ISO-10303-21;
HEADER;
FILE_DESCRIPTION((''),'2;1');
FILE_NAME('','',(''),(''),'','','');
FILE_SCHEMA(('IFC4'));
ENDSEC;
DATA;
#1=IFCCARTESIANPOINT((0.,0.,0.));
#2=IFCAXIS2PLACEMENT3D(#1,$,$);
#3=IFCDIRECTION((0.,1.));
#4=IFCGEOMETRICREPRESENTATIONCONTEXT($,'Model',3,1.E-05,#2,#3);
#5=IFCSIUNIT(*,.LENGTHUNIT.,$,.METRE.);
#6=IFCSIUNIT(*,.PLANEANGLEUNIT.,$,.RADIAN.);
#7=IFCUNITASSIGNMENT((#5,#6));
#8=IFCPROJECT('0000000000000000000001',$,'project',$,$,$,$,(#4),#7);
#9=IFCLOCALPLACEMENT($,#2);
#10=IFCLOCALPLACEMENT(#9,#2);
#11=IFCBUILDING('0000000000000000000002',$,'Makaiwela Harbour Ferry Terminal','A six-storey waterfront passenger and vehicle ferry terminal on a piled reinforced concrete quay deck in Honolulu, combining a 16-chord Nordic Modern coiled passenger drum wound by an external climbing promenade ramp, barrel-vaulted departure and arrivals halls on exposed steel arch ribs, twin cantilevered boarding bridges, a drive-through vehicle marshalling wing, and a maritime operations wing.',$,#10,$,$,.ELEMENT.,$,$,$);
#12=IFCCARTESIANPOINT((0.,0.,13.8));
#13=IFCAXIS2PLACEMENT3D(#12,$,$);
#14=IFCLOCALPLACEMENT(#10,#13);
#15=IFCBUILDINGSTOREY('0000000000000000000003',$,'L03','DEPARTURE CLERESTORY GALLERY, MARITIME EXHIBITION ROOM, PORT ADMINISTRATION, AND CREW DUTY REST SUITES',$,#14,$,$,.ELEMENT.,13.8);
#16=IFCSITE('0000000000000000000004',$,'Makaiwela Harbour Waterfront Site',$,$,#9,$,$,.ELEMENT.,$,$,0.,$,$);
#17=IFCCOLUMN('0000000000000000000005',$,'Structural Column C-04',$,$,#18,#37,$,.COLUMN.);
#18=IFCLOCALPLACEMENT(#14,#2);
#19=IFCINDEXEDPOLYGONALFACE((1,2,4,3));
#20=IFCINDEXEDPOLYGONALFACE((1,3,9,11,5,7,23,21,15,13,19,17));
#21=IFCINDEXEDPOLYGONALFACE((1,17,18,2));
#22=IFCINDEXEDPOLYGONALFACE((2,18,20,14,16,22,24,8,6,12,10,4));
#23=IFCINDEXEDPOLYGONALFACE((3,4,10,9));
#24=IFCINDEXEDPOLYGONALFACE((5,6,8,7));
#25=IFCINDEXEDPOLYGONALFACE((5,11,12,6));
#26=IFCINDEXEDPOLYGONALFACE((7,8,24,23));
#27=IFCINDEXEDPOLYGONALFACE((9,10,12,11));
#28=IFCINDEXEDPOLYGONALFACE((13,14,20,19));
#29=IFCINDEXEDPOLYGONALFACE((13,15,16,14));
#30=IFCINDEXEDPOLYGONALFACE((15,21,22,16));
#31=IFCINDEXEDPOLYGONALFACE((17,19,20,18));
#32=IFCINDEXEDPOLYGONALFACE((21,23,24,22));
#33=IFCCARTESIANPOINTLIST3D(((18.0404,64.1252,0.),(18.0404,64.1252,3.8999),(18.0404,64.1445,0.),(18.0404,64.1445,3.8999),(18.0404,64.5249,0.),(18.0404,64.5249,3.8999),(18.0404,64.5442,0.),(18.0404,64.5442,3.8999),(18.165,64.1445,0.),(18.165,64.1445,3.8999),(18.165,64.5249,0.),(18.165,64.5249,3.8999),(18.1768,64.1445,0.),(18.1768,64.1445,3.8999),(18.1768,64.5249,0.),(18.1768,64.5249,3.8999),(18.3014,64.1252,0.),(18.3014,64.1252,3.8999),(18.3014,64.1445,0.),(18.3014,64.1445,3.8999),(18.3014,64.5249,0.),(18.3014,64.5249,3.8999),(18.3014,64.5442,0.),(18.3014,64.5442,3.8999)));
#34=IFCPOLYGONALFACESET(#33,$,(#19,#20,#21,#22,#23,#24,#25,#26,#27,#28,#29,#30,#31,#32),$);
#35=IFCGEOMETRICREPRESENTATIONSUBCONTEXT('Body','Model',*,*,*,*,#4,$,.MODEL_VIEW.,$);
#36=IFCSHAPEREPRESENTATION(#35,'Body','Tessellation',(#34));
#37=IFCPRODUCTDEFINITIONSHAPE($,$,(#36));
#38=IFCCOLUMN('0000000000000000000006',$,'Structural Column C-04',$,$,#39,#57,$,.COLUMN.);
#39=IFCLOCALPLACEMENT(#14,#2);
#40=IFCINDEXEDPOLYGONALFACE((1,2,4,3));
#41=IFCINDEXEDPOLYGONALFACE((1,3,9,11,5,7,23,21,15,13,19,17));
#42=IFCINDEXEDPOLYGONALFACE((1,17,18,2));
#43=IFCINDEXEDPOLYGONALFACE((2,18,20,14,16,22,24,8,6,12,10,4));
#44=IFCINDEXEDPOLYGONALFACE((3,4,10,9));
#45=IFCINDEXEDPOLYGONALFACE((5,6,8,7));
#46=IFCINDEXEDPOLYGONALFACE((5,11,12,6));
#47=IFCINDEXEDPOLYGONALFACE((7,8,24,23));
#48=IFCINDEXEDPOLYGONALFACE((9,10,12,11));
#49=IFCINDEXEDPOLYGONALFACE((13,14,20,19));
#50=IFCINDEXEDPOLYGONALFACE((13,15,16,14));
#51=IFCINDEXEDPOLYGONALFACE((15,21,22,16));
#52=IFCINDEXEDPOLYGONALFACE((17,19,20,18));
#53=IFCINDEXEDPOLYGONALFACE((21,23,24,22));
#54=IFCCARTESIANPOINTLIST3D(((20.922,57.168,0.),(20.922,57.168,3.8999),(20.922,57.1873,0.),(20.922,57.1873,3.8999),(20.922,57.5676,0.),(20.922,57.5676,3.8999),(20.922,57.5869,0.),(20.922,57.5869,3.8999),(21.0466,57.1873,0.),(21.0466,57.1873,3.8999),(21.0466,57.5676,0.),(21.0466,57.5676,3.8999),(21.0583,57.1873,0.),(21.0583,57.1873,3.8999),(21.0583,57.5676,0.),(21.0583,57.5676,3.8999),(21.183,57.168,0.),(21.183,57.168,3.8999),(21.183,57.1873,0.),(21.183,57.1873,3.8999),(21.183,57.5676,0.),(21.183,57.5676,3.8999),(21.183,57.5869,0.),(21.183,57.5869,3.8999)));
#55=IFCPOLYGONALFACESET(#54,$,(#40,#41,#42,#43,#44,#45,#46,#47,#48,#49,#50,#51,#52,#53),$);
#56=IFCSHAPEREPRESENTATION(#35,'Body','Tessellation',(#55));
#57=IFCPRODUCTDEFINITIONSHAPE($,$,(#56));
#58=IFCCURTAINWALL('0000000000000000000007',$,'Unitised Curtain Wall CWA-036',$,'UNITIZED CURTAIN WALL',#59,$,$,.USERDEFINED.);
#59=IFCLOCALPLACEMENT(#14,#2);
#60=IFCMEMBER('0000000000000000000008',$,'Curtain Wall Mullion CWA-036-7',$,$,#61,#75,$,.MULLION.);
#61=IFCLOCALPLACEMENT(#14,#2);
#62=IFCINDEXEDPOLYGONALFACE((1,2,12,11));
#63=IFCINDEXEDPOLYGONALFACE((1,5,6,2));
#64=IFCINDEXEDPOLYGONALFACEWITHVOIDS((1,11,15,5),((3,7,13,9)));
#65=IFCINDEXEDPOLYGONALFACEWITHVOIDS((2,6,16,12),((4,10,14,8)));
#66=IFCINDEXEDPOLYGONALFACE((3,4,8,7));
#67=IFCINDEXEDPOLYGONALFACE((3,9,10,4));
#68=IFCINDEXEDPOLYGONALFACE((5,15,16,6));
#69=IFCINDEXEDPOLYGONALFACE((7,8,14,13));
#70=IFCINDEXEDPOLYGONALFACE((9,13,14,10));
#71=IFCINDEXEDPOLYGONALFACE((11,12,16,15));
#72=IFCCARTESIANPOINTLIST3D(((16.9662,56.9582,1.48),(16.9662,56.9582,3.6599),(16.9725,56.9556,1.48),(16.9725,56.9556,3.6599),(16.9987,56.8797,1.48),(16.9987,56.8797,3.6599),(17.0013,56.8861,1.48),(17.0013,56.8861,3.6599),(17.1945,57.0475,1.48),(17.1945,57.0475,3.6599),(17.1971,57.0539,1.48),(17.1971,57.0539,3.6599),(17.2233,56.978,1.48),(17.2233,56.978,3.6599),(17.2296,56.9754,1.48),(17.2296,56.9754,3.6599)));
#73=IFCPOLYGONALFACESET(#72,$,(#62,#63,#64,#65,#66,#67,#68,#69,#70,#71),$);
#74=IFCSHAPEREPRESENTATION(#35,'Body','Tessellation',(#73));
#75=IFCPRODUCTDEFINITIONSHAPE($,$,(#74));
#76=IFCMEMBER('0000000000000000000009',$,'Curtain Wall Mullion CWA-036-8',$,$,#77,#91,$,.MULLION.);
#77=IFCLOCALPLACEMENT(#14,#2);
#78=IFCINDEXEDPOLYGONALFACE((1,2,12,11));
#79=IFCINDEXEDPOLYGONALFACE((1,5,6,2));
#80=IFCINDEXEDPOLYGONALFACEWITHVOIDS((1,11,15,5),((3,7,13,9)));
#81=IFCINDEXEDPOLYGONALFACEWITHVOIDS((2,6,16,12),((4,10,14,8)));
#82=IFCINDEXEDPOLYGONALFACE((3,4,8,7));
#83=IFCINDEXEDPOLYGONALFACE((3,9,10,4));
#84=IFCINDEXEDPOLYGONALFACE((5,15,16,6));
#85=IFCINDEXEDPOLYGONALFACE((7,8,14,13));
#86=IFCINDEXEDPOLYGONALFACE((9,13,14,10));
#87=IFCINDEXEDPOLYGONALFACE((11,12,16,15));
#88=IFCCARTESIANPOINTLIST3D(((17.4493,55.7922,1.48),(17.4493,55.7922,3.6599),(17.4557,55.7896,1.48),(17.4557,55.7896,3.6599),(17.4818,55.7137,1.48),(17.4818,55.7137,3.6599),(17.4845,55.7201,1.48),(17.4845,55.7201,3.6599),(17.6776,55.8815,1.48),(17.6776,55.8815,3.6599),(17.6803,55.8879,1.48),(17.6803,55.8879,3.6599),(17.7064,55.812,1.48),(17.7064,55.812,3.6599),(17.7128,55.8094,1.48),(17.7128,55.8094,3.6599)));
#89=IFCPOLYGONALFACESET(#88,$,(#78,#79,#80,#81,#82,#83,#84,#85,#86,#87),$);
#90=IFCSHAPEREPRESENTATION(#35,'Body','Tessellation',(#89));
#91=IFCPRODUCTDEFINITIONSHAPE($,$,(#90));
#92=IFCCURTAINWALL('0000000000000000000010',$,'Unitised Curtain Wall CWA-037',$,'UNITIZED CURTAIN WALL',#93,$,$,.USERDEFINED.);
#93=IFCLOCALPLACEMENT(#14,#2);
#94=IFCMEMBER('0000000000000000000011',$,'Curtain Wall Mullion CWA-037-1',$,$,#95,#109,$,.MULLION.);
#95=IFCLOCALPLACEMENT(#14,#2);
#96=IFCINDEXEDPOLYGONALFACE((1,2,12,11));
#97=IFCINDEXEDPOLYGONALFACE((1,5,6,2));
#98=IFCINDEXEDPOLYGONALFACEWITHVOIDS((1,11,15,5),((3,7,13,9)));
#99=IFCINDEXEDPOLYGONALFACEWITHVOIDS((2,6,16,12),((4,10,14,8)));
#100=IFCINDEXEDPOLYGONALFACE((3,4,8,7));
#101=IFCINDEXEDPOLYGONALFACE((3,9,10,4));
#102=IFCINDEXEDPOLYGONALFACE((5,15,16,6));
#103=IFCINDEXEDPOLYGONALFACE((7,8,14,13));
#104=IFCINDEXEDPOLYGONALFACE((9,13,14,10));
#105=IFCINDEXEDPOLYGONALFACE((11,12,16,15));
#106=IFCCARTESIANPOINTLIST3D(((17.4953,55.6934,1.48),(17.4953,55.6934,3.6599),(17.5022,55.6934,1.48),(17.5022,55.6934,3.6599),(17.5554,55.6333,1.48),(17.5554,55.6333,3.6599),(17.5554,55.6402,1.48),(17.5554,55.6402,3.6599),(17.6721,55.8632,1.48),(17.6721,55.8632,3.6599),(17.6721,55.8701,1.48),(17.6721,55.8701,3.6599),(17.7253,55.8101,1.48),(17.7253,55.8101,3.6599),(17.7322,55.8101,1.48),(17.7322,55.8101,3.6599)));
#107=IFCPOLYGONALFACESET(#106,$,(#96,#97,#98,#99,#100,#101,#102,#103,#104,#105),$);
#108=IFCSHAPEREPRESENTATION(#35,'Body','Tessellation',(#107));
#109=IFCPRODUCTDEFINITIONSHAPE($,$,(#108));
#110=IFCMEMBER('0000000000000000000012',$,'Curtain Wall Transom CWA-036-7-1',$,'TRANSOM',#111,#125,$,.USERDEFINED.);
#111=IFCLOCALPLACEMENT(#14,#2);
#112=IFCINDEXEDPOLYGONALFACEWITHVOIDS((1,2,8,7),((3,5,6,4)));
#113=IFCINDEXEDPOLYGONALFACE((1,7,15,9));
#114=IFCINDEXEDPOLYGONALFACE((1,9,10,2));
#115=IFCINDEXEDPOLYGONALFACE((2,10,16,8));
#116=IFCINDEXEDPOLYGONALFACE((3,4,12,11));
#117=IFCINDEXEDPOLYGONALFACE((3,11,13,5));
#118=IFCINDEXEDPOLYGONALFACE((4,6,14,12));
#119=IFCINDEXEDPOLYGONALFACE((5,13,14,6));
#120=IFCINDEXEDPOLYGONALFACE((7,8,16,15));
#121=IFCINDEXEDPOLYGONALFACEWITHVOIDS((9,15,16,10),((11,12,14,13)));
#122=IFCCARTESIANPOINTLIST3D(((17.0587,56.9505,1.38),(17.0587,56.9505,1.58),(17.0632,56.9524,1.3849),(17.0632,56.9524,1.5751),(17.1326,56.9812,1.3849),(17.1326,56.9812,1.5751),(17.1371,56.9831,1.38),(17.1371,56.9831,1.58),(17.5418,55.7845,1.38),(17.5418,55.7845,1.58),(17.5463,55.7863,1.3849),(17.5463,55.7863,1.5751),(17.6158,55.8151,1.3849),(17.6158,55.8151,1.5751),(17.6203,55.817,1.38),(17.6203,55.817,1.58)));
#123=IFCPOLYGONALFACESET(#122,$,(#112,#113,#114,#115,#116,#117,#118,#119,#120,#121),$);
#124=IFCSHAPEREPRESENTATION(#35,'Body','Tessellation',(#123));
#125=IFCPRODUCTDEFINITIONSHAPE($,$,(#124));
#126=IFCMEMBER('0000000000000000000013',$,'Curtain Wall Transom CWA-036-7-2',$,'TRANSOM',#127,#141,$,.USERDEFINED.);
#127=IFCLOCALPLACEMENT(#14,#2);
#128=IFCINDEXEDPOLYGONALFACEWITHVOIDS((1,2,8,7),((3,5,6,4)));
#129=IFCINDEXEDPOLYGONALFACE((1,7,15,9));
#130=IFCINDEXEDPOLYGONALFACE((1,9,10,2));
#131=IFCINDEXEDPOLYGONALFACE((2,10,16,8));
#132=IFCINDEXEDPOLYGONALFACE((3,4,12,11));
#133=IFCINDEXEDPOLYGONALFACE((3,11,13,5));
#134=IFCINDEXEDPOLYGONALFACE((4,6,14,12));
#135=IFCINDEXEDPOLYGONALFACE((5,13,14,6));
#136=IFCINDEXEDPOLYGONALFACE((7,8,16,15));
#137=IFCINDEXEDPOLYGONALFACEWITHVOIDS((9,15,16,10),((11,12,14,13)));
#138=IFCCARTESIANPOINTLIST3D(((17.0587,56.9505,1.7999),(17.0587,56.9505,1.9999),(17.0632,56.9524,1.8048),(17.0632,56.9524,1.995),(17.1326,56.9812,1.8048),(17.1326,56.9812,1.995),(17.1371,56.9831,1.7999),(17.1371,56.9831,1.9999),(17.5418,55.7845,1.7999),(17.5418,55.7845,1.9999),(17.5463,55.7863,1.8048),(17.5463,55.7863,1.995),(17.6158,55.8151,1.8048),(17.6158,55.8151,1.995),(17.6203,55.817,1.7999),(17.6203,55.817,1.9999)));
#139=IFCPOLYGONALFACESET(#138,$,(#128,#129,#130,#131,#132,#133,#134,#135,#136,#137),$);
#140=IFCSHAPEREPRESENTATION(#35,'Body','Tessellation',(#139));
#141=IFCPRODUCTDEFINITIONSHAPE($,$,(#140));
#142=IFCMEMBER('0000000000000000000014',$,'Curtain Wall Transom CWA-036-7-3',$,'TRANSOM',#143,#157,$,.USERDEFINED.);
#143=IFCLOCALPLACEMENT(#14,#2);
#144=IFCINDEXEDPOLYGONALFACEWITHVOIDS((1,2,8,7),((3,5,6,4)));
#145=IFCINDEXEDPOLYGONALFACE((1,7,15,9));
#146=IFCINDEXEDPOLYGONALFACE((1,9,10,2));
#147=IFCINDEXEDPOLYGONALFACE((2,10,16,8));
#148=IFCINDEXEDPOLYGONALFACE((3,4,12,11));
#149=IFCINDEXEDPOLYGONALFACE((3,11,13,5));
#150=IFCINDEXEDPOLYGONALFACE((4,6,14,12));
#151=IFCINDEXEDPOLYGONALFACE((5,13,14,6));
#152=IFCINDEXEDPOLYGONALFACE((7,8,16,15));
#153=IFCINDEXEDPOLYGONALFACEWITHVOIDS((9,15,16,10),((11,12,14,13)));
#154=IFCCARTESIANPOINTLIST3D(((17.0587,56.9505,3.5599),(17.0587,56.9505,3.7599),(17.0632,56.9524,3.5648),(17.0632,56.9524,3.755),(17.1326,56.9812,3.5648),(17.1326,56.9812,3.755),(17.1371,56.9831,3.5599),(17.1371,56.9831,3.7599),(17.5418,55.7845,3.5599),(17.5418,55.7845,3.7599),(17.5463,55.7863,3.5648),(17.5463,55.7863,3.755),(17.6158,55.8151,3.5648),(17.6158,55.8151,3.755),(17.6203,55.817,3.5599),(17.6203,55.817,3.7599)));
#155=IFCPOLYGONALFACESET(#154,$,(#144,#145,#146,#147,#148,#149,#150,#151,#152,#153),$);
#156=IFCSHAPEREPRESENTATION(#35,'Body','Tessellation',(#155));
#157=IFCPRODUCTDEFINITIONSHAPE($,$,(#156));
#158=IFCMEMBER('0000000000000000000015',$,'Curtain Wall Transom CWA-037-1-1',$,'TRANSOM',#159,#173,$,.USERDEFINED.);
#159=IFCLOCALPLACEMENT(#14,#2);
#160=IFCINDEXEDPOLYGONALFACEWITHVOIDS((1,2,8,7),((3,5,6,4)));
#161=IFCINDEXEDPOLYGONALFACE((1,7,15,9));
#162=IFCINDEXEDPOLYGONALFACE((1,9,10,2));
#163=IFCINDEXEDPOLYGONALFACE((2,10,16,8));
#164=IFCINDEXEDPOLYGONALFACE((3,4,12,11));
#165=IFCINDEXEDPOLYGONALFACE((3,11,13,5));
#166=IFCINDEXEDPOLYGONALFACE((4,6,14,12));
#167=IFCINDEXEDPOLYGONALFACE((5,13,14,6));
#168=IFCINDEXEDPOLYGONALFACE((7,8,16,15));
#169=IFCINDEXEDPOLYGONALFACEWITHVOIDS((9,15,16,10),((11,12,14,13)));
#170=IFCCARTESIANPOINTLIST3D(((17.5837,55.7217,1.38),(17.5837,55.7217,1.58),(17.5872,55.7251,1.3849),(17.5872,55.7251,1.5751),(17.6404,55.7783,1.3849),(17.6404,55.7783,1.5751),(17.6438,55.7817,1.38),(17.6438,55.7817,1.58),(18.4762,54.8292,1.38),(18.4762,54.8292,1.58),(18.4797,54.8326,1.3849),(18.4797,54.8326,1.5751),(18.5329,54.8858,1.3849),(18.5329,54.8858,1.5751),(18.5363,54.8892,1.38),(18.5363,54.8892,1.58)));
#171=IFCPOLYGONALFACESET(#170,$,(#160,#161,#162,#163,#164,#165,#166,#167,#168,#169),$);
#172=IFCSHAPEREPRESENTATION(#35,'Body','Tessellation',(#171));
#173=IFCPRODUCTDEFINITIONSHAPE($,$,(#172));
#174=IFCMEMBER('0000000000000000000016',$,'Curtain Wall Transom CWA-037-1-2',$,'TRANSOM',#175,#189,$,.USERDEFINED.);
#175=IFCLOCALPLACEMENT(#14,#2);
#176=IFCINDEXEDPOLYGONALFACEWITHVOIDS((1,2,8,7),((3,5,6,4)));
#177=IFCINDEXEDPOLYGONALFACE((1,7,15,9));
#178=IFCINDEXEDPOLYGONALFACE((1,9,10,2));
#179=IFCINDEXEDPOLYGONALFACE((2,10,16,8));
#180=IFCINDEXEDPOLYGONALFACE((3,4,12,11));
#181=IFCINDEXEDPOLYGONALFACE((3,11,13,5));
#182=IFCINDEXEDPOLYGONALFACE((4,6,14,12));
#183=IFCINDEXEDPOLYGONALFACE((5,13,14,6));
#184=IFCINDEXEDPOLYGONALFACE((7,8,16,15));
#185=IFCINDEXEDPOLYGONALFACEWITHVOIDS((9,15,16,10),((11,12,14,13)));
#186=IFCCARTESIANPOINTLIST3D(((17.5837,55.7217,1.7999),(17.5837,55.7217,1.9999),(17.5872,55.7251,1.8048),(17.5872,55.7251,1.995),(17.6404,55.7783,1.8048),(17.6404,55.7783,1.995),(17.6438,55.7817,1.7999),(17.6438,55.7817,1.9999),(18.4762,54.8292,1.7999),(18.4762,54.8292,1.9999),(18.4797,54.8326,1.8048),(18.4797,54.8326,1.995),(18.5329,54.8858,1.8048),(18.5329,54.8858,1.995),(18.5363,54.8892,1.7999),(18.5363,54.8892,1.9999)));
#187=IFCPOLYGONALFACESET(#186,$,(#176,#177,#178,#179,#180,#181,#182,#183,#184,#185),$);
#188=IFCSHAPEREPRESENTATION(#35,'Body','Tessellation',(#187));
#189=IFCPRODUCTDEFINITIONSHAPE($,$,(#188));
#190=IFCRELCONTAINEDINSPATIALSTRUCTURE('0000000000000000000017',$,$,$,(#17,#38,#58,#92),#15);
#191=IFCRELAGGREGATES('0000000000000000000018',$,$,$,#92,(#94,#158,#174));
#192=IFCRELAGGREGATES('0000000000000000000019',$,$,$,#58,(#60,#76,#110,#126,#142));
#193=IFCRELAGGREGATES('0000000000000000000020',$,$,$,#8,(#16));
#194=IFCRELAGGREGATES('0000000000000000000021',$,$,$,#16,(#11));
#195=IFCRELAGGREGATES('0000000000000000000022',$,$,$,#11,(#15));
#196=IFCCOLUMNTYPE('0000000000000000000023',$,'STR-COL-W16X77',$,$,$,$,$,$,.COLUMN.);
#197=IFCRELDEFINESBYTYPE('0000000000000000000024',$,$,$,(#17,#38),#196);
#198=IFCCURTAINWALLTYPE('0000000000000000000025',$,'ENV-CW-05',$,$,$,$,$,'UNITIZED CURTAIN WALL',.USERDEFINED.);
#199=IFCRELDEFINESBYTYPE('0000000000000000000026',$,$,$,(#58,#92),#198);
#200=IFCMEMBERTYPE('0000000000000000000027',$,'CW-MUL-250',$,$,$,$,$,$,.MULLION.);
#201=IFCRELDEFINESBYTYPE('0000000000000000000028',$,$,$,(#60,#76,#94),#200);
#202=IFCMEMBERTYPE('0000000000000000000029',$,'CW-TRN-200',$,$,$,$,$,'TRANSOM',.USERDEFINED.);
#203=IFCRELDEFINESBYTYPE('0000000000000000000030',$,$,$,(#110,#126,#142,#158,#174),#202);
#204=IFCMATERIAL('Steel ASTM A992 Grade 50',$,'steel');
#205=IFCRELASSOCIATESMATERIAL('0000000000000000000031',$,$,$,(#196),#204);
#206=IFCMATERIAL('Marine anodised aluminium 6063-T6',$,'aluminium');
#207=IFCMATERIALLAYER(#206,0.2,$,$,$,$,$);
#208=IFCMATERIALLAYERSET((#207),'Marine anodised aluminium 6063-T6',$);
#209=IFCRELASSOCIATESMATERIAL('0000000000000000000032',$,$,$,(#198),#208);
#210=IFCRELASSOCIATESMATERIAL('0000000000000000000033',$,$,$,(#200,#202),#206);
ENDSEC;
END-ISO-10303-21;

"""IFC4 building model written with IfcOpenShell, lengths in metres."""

from ifc_helpers import new_model, si_unit, direction, frame, origin, origin_2d, place, context, subcontext, project, spatial, hollow_rectangle, i_section, extrude, material, layer, layer_set, material_profile, profile_set, type_object, element, aggregate, save


model = new_model("IFC4")

# Units and contexts
model_context = context("Model", 3, precision=1e-05, world=origin(), true_north=direction((0.0, 1.0)))
body_context = subcontext(model_context, "Body", "Model", "MODEL_VIEW")
ifc_project = project(units=[si_unit("LENGTHUNIT", "METRE"), si_unit("PLANEANGLEUNIT", "RADIAN")], contexts=[model_context])

# Site, building, storey
site_placement = place(None, origin())
site = spatial("IfcSite", under=ifc_project, at=site_placement, Name="Makaiwela Harbour Waterfront Site", CompositionType="ELEMENT", RefElevation=0.0)
building_placement = place(site_placement, origin())
building = spatial("IfcBuilding", under=site, at=building_placement, Name="Makaiwela Harbour Ferry Terminal", Description="A six-storey waterfront passenger and vehicle ferry terminal on a piled reinforced concrete quay deck in Honolulu, combining a 16-chord Nordic Modern coiled passenger drum wound by an external climbing promenade ramp, barrel-vaulted departure and arrivals halls on exposed steel arch ribs, twin cantilevered boarding bridges, a drive-through vehicle marshalling wing, and a maritime operations wing.", CompositionType="ELEMENT")
storey_placement = place(building_placement, frame((0.0, 0.0, 13.8)))
storey = spatial("IfcBuildingStorey", under=building, at=storey_placement, Name="L03", Description="DEPARTURE CLERESTORY GALLERY, MARITIME EXHIBITION ROOM, PORT ADMINISTRATION, AND CREW DUTY REST SUITES", CompositionType="ELEMENT", Elevation=13.8)

# Columns
ifc_material_1 = material(Name="Steel ASTM A992 Grade 50", Category="steel")
ifc_material_profile_1 = material_profile(ifc_material_1, i_section(OverallWidth=0.261, OverallDepth=0.4189, WebThickness=0.0117, FlangeThickness=0.0193, at=origin_2d()), Name="W16X77")
ifc_profile_set_1 = profile_set([ifc_material_profile_1], Name="Steel ASTM A992 Grade 50")
column_type = type_object("IfcColumnType", Name="STR-COL-W16X77", PredefinedType="COLUMN", material=ifc_profile_set_1)
for number, where, z_axis, x_axis, name in (
    (1, (18.1709, 64.3347, 0.0), (0.0, 0.0, 1.0), (1.0, 0.0, 0.0), "Structural Column C-04"),
    (2, (21.0525, 57.3774, 0.0), (0.0, 0.0, 1.0), (1.0, 0.0, 0.0), "Structural Column C-04"),
):
    element("IfcColumn", number, at=place(storey_placement, frame(where, z_axis=z_axis, x_axis=x_axis)), inside=storey, type_object=column_type, Name=name, PredefinedType="COLUMN", context=body_context, shape_type="SweptSolid", body=[
        extrude(i_section(OverallWidth=0.261, OverallDepth=0.4189, WebThickness=0.0117, FlangeThickness=0.0193, at=origin_2d()), origin(), (0.0, 0.0, 1.0), 3.8999),
    ])

# Curtain wall, members
ifc_material_2 = material(Name="Marine anodised aluminium 6063-T6", Category="aluminium")
ifc_layer_1 = layer(ifc_material_2, 0.2)
ifc_layer_set_1 = layer_set([ifc_layer_1], Name="Marine anodised aluminium 6063-T6")
curtain_wall_type = type_object("IfcCurtainWallType", Name="ENV-CW-05", ElementType="UNITIZED CURTAIN WALL", PredefinedType="USERDEFINED", material=ifc_layer_set_1)
curtain_wall_1_placement = place(storey_placement, origin())
curtain_wall_1 = element("IfcCurtainWall", 3, at=curtain_wall_1_placement, inside=storey, type_object=curtain_wall_type, Name="Unitised Curtain Wall CWA-036", ObjectType="UNITIZED CURTAIN WALL", PredefinedType="USERDEFINED")
ifc_material_profile_2 = material_profile(ifc_material_2, hollow_rectangle(XDim=0.085, YDim=0.25, WallThickness=0.0049, at=origin_2d()), Name="CWM-250X85")
ifc_profile_set_2 = profile_set([ifc_material_profile_2], Name="Marine anodised aluminium 6063-T6")
member_type_1 = type_object("IfcMemberType", Name="CW-MUL-250", PredefinedType="MULLION", material=ifc_profile_set_2)
member_1_placement = place(storey_placement, frame((17.0979, 56.9668, 1.48), z_axis=(0.0, 0.0, 1.0), x_axis=(-0.382683, 0.92388, 0.0)))
member_1 = element("IfcMember", 4, at=member_1_placement, type_object=member_type_1, Name="Curtain Wall Mullion CWA-036-7", PredefinedType="MULLION", context=body_context, shape_type="SweptSolid", body=[
    extrude(hollow_rectangle(XDim=0.085, YDim=0.25, WallThickness=0.0049, at=origin_2d()), origin(), (0.0, 0.0, 1.0), 2.1799),
])
member_2_placement = place(storey_placement, frame((17.5811, 55.8008, 1.48), z_axis=(0.0, 0.0, 1.0), x_axis=(-0.382683, 0.92388, 0.0)))
member_2 = element("IfcMember", 5, at=member_2_placement, type_object=member_type_1, Name="Curtain Wall Mullion CWA-036-8", PredefinedType="MULLION", context=body_context, shape_type="SweptSolid", body=[
    extrude(hollow_rectangle(XDim=0.085, YDim=0.25, WallThickness=0.0049, at=origin_2d()), origin(), (0.0, 0.0, 1.0), 2.1799),
])

# Curtain wall, member
curtain_wall_2_placement = place(storey_placement, origin())
curtain_wall_2 = element("IfcCurtainWall", 6, at=curtain_wall_2_placement, inside=storey, type_object=curtain_wall_type, Name="Unitised Curtain Wall CWA-037", ObjectType="UNITIZED CURTAIN WALL", PredefinedType="USERDEFINED")
member_3_placement = place(storey_placement, frame((17.6138, 55.7517, 1.48), z_axis=(0.0, 0.0, 1.0), x_axis=(-0.707107, 0.707107, 0.0)))
member_3 = element("IfcMember", 7, at=member_3_placement, type_object=member_type_1, Name="Curtain Wall Mullion CWA-037-1", PredefinedType="MULLION", context=body_context, shape_type="SweptSolid", body=[
    extrude(hollow_rectangle(XDim=0.085, YDim=0.25, WallThickness=0.0049, at=origin_2d()), origin(), (0.0, 0.0, 1.0), 2.1799),
])

# Members
ifc_material_profile_3 = material_profile(ifc_material_2, hollow_rectangle(XDim=0.085, YDim=0.2, WallThickness=0.0049, at=origin_2d()), Name="CWT-200X85")
ifc_profile_set_3 = profile_set([ifc_material_profile_3], Name="Marine anodised aluminium 6063-T6")
member_type_2 = type_object("IfcMemberType", Name="CW-TRN-200", ElementType="TRANSOM", PredefinedType="USERDEFINED", material=ifc_profile_set_3)
member_4_placement = place(storey_placement, frame((17.0979, 56.9668, 1.48), z_axis=(0.382802, -0.923831, 0.0), x_axis=(0.923831, 0.382802, 0.0)))
member_4 = element("IfcMember", 8, at=member_4_placement, type_object=member_type_2, Name="Curtain Wall Transom CWA-036-7-1", ObjectType="TRANSOM", PredefinedType="USERDEFINED", context=body_context, shape_type="SweptSolid", body=[
    extrude(hollow_rectangle(XDim=0.085, YDim=0.2, WallThickness=0.0049, at=origin_2d()), origin(), (0.0, 0.0, 1.0), 1.2622),
])
member_5_placement = place(storey_placement, frame((17.0979, 56.9668, 1.8999), z_axis=(0.382802, -0.923831, 0.0), x_axis=(0.923831, 0.382802, 0.0)))
member_5 = element("IfcMember", 9, at=member_5_placement, type_object=member_type_2, Name="Curtain Wall Transom CWA-036-7-2", ObjectType="TRANSOM", PredefinedType="USERDEFINED", context=body_context, shape_type="SweptSolid", body=[
    extrude(hollow_rectangle(XDim=0.085, YDim=0.2, WallThickness=0.0049, at=origin_2d()), origin(), (0.0, 0.0, 1.0), 1.2622),
])
member_6_placement = place(storey_placement, frame((17.0979, 56.9668, 3.6599), z_axis=(0.382802, -0.923831, 0.0), x_axis=(0.923831, 0.382802, 0.0)))
member_6 = element("IfcMember", 10, at=member_6_placement, type_object=member_type_2, Name="Curtain Wall Transom CWA-036-7-3", ObjectType="TRANSOM", PredefinedType="USERDEFINED", context=body_context, shape_type="SweptSolid", body=[
    extrude(hollow_rectangle(XDim=0.085, YDim=0.2, WallThickness=0.0049, at=origin_2d()), origin(), (0.0, 0.0, 1.0), 1.2622),
])
member_7_placement = place(storey_placement, frame((17.6138, 55.7517, 1.48), z_axis=(0.707107, -0.707107, 0.0), x_axis=(0.707107, 0.707107, 0.0)))
member_7 = element("IfcMember", 11, at=member_7_placement, type_object=member_type_2, Name="Curtain Wall Transom CWA-037-1-1", ObjectType="TRANSOM", PredefinedType="USERDEFINED", context=body_context, shape_type="SweptSolid", body=[
    extrude(hollow_rectangle(XDim=0.085, YDim=0.2, WallThickness=0.0049, at=origin_2d()), origin(), (0.0, 0.0, 1.0), 1.2622),
])
member_8_placement = place(storey_placement, frame((17.6138, 55.7517, 1.8999), z_axis=(0.707107, -0.707107, 0.0), x_axis=(0.707107, 0.707107, 0.0)))
member_8 = element("IfcMember", 12, at=member_8_placement, type_object=member_type_2, Name="Curtain Wall Transom CWA-037-1-2", ObjectType="TRANSOM", PredefinedType="USERDEFINED", context=body_context, shape_type="SweptSolid", body=[
    extrude(hollow_rectangle(XDim=0.085, YDim=0.2, WallThickness=0.0049, at=origin_2d()), origin(), (0.0, 0.0, 1.0), 1.2622),
])

aggregate(curtain_wall_2, [member_3, member_7, member_8])
aggregate(curtain_wall_1, [member_1, member_2, member_4, member_5, member_6])

save(model, "model.ifc")
